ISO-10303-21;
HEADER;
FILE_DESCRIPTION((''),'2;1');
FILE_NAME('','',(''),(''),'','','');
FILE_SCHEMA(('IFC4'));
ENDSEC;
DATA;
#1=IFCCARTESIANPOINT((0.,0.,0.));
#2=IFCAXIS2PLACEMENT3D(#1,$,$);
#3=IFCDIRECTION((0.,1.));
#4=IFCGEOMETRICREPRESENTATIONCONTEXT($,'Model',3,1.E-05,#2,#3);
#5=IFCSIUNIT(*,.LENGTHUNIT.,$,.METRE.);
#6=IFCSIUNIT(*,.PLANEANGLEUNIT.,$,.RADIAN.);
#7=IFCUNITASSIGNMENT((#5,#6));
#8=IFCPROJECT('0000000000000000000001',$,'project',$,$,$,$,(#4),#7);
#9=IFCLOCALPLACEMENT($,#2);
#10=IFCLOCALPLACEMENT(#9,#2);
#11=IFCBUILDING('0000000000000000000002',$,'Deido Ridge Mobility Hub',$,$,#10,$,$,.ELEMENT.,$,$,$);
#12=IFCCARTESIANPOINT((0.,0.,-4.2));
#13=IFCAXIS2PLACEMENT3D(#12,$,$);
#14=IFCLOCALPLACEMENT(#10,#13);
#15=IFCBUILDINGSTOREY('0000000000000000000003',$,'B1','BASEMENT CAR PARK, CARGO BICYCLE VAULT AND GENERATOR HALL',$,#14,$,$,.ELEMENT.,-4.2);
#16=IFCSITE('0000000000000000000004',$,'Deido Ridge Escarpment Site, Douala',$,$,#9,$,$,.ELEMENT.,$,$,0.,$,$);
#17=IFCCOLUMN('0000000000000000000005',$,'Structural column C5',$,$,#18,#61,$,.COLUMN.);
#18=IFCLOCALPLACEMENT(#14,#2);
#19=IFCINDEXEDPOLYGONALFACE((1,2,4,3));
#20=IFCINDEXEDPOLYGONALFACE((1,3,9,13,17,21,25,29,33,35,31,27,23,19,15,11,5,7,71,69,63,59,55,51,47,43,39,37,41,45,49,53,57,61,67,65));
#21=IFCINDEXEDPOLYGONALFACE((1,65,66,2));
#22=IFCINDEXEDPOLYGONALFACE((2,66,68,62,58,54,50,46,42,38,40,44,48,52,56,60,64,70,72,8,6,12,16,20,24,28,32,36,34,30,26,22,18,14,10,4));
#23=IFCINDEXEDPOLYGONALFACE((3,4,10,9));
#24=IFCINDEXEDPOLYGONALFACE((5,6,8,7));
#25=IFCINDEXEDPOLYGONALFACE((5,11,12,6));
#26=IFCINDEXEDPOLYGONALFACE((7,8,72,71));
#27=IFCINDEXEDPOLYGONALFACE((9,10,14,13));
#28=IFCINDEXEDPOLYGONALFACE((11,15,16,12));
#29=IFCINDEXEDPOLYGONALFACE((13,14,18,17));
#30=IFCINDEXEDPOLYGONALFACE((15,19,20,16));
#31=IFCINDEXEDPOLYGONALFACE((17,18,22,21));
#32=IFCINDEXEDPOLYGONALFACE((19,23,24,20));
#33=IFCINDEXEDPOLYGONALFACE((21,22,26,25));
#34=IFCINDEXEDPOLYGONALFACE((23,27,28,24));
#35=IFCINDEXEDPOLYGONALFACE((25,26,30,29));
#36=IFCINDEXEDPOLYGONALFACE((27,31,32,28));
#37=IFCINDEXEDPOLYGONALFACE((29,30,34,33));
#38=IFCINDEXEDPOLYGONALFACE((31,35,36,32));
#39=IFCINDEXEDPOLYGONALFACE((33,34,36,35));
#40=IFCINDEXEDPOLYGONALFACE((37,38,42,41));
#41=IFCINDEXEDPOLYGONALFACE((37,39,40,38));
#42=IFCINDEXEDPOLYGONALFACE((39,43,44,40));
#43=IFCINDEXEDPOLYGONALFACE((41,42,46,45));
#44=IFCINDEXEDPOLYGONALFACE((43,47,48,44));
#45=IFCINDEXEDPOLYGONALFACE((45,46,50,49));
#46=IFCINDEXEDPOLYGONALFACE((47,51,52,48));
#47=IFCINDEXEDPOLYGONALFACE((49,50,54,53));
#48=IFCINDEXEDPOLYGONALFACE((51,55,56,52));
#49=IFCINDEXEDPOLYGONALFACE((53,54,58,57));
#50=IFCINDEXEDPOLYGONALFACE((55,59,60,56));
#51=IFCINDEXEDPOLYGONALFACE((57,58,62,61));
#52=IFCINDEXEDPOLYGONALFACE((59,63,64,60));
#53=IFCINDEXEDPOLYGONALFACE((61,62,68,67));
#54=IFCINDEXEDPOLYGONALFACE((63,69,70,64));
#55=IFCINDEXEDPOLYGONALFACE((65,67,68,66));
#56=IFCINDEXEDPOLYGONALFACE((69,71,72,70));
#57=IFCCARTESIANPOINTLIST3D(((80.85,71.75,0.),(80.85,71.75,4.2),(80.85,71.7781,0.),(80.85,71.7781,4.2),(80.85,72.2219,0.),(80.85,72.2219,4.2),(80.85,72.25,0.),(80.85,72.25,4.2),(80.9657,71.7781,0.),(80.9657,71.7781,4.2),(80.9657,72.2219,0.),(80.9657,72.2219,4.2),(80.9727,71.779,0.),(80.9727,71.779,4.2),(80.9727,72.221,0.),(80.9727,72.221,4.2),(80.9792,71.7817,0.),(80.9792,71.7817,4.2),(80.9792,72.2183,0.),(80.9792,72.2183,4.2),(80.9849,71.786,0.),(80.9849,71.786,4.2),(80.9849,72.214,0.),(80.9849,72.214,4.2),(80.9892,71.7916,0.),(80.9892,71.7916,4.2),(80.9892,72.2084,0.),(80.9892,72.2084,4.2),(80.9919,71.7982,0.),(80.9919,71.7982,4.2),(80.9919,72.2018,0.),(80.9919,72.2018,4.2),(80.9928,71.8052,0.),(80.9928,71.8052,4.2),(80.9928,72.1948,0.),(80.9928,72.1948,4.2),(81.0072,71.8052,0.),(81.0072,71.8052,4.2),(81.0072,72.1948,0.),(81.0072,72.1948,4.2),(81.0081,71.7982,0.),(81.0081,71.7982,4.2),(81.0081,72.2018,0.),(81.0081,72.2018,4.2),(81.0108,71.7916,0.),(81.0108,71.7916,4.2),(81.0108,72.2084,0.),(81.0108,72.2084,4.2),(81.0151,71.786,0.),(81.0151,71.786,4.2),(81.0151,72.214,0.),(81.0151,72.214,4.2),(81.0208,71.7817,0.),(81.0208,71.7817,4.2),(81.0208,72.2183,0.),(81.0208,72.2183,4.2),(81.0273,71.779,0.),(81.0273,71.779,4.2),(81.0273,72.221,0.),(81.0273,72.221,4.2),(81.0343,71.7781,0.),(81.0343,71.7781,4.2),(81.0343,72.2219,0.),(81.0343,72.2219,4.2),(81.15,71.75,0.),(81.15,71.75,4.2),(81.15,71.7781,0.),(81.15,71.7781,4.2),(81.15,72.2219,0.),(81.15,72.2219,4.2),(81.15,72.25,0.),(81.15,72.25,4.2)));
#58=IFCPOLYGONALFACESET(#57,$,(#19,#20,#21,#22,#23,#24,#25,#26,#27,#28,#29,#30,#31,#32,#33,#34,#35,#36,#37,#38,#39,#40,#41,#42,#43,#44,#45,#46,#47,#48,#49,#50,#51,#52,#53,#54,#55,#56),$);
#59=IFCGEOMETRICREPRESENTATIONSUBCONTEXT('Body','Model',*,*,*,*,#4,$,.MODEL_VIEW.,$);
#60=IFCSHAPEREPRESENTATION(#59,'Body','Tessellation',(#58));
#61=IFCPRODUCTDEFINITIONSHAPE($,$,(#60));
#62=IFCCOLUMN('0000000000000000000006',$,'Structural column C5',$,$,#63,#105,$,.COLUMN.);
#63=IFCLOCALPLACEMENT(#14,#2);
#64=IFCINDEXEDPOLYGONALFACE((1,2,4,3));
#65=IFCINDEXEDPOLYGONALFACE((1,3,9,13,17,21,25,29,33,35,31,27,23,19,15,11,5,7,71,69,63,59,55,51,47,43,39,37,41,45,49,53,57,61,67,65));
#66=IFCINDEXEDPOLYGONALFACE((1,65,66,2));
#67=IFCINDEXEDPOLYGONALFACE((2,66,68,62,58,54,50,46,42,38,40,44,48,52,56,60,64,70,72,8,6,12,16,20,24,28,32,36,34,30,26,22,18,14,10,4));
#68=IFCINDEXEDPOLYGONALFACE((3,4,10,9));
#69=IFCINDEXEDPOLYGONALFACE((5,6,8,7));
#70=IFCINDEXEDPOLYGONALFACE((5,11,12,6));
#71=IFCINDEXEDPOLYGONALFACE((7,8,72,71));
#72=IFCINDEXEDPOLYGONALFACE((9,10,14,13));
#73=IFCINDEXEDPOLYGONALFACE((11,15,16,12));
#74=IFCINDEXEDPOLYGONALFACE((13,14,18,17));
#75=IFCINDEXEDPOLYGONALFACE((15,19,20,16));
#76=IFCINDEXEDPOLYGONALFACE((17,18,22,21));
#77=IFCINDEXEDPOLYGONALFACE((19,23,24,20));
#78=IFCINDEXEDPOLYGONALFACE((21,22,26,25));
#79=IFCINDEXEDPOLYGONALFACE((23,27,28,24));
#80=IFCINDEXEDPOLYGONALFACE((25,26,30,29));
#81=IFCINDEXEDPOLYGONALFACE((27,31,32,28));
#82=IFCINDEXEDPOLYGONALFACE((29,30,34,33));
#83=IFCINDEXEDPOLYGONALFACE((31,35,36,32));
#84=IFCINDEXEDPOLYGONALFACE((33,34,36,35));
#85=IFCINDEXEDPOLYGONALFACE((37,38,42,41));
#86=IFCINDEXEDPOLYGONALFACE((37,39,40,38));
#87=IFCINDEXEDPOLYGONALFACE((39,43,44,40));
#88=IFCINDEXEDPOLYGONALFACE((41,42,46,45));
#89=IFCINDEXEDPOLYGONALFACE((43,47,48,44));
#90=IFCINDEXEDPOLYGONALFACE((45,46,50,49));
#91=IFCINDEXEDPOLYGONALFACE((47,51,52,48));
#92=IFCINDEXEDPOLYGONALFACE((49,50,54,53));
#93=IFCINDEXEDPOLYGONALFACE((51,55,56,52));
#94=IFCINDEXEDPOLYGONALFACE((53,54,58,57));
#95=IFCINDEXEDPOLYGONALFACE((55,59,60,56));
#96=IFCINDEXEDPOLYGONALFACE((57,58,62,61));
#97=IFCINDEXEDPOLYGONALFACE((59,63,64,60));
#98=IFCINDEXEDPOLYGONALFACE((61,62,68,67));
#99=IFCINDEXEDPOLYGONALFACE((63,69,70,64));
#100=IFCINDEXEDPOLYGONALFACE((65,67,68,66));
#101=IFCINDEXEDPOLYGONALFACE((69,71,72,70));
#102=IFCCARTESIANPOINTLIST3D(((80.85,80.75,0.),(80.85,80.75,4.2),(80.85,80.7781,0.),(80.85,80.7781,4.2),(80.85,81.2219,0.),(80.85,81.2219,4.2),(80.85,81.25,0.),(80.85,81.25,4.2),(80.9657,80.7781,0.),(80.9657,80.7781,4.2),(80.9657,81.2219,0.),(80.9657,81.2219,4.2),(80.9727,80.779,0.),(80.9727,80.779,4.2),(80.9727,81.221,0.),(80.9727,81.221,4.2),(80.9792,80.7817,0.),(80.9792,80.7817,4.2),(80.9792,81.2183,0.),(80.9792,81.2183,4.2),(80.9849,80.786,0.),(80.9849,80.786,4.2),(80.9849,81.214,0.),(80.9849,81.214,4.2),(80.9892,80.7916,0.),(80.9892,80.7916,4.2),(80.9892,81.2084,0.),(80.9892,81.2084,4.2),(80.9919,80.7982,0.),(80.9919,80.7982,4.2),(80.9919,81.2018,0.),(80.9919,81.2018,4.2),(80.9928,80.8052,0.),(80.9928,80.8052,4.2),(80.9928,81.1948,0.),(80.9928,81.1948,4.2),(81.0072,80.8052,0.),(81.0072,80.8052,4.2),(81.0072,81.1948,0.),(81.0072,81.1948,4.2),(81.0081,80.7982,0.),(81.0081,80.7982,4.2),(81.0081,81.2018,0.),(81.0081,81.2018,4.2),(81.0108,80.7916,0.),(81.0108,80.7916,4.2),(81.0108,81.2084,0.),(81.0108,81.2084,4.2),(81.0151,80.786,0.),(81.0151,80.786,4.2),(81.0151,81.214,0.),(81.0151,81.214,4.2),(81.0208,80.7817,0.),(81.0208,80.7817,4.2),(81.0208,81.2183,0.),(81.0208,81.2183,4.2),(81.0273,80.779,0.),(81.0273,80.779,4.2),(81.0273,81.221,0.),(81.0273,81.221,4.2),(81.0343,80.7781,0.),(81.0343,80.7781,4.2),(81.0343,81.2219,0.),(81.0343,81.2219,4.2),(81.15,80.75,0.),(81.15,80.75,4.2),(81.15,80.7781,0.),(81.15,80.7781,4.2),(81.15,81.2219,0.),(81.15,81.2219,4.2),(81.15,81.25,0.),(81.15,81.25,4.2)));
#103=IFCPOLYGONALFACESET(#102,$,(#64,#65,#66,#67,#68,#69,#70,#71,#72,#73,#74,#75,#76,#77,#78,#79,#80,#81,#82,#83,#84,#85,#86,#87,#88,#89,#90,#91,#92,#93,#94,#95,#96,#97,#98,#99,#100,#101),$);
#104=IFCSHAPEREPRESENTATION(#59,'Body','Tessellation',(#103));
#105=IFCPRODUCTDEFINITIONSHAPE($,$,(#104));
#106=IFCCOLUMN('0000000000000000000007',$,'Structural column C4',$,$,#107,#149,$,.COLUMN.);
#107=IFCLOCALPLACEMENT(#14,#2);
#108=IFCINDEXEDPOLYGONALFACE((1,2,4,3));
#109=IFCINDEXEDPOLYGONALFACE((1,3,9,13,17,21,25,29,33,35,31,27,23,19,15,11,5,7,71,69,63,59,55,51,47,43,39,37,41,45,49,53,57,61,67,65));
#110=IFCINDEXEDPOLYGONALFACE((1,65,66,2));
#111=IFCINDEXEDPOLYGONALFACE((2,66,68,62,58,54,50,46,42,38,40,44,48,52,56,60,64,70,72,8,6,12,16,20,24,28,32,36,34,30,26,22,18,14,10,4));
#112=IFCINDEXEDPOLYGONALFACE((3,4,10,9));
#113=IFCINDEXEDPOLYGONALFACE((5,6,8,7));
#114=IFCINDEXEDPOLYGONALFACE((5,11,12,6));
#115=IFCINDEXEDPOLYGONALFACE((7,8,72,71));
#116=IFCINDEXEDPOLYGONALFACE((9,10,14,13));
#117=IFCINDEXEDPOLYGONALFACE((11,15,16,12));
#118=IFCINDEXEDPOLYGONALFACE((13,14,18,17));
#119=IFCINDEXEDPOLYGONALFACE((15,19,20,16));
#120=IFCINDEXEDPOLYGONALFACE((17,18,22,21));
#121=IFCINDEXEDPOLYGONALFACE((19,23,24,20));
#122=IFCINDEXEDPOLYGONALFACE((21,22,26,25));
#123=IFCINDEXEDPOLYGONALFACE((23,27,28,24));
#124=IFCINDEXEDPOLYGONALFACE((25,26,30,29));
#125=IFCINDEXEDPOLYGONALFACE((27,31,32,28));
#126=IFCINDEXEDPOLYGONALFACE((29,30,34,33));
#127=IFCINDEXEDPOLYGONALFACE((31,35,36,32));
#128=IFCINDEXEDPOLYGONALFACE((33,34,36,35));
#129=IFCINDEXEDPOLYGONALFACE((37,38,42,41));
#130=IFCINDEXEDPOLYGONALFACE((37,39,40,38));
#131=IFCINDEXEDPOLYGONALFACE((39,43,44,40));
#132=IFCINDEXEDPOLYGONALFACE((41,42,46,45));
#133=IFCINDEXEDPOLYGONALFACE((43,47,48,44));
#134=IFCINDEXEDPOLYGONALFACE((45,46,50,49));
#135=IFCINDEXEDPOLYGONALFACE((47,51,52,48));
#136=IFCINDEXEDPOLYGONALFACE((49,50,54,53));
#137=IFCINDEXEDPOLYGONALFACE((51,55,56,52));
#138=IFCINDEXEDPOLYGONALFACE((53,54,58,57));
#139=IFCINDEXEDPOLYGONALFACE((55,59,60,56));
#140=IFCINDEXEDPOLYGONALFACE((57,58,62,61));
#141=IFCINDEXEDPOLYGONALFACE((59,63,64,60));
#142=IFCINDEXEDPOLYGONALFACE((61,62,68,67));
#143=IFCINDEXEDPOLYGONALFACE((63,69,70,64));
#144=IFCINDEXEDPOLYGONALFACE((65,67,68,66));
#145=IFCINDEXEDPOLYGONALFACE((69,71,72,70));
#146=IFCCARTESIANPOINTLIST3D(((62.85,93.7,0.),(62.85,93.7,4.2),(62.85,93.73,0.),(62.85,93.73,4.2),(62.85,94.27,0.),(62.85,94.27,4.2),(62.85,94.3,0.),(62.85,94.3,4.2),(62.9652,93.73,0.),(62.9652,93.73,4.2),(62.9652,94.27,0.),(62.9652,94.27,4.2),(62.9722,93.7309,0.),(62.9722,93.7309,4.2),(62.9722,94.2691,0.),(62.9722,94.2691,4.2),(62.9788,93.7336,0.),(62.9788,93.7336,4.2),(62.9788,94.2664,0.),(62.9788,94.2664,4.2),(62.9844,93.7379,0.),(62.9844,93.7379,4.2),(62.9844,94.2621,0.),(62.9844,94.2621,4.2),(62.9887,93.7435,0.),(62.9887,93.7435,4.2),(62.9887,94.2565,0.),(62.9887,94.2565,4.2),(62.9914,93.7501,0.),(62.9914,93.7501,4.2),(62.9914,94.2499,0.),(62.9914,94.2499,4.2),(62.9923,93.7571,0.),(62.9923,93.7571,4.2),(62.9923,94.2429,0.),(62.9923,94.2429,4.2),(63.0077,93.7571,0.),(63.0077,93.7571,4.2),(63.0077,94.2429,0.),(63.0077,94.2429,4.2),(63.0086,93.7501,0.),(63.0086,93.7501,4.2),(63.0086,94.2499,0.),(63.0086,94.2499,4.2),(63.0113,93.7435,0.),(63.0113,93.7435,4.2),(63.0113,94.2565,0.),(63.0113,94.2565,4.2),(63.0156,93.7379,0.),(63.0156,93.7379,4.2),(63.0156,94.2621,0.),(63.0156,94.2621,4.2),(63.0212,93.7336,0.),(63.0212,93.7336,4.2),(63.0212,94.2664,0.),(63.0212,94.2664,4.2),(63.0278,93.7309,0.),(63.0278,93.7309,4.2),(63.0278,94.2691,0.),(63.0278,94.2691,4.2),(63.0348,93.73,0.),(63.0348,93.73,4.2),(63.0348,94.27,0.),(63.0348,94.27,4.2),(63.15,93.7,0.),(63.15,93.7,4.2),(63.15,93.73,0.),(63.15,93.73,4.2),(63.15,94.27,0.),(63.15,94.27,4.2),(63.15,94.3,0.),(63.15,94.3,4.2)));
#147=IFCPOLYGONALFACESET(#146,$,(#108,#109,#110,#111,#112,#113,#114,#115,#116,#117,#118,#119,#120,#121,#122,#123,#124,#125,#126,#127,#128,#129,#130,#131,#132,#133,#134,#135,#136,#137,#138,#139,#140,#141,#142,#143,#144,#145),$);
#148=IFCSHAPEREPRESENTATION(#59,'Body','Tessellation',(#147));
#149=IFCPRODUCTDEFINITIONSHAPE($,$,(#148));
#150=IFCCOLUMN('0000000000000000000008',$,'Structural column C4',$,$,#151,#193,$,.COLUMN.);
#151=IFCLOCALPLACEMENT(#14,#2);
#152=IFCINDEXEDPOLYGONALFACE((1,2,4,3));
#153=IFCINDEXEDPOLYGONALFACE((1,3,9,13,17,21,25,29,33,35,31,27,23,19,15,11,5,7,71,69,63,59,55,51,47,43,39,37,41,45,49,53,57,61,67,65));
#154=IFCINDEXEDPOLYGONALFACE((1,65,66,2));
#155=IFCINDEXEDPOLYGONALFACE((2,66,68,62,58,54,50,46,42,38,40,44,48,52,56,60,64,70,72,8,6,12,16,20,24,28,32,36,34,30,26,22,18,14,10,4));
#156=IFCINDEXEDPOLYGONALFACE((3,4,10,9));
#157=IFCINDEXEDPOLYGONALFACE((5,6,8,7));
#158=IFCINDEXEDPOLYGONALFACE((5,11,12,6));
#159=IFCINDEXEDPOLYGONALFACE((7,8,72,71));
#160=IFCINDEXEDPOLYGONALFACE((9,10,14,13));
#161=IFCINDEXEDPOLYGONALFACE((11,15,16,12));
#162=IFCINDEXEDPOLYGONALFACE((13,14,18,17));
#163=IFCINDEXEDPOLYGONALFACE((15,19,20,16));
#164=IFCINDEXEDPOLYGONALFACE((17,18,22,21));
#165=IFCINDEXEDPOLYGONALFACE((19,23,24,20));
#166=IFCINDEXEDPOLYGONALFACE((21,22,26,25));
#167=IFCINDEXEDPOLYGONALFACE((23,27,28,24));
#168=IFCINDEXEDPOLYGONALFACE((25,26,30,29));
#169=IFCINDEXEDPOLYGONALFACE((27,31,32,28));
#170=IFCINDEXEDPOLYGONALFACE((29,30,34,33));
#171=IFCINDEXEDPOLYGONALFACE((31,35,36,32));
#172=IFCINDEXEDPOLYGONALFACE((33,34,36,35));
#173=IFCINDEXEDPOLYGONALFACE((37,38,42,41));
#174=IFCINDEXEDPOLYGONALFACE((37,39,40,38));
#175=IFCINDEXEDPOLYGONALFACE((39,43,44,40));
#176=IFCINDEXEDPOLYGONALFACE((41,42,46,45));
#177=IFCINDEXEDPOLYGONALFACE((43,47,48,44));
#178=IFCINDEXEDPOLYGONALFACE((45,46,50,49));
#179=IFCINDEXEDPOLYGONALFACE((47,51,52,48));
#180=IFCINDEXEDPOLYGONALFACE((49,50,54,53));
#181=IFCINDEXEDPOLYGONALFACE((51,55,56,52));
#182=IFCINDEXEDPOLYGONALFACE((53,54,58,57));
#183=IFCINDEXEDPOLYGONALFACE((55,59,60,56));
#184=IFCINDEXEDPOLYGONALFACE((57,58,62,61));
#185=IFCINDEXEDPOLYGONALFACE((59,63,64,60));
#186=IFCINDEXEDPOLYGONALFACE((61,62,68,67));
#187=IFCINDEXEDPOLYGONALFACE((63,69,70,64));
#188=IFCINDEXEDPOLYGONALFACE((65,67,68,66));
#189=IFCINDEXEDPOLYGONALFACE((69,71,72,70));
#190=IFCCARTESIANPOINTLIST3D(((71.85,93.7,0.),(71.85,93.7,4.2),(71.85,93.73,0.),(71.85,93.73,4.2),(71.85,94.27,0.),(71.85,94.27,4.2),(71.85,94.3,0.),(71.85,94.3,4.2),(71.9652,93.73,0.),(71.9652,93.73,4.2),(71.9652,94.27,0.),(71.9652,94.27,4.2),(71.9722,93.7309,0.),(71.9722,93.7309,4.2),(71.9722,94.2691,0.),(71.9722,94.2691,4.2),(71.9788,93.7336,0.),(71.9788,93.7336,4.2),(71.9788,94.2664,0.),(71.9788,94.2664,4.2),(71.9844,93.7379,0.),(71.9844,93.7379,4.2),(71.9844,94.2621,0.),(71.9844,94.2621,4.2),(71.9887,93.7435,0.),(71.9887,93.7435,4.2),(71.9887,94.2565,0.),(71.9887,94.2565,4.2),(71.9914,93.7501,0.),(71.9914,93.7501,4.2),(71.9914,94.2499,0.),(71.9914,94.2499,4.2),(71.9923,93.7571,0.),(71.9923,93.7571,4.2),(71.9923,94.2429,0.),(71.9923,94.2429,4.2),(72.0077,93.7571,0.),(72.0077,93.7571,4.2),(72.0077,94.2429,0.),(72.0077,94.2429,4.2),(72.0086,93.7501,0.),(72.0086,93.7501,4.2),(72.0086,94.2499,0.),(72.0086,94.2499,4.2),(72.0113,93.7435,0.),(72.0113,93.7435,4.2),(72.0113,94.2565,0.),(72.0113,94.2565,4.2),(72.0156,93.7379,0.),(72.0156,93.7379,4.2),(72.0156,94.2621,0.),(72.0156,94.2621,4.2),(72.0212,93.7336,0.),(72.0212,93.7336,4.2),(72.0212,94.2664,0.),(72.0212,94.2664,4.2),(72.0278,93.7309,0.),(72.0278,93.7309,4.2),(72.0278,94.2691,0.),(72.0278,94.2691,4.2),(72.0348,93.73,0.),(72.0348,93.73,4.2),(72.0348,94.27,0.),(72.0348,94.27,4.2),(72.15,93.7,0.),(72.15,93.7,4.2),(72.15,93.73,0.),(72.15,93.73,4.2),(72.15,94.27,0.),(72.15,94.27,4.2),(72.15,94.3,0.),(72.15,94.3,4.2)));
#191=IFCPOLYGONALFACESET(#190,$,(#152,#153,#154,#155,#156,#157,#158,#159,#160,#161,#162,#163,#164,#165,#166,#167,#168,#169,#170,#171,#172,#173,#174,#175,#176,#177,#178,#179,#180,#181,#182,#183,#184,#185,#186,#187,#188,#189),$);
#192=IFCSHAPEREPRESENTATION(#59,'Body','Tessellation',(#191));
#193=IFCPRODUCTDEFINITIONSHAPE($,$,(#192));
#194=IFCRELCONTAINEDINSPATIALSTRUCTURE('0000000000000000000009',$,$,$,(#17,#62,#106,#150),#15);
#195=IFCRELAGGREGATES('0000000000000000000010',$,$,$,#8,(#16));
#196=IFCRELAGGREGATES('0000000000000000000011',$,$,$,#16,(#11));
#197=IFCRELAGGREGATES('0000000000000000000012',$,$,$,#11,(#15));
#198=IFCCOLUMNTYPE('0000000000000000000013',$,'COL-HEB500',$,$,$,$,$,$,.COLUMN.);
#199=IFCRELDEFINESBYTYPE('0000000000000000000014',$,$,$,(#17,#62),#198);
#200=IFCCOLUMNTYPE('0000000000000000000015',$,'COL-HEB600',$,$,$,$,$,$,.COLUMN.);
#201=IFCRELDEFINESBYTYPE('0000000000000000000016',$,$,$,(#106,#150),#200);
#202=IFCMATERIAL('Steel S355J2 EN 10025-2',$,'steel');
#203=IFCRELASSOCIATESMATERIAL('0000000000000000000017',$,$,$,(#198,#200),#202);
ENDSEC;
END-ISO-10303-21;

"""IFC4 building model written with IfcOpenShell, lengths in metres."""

from ifc_helpers import new_model, si_unit, direction, frame, origin, origin_2d, place, context, subcontext, project, spatial, i_section, extrude, material, material_profile, profile_set, type_object, element, save


model = new_model("IFC4")

# Units and contexts
model_context = context("Model", 3, precision=1e-05, world=origin(), true_north=direction((0.0, 1.0)))
body_context = subcontext(model_context, "Body", "Model", "MODEL_VIEW")
ifc_project = project(units=[si_unit("LENGTHUNIT", "METRE"), si_unit("PLANEANGLEUNIT", "RADIAN")], contexts=[model_context])

# Site, building, storey
site_placement = place(None, origin())
site = spatial("IfcSite", under=ifc_project, at=site_placement, Name="Deido Ridge Escarpment Site, Douala", CompositionType="ELEMENT", RefElevation=0.0)
building_placement = place(site_placement, origin())
building = spatial("IfcBuilding", under=site, at=building_placement, Name="Deido Ridge Mobility Hub", CompositionType="ELEMENT")
storey_placement = place(building_placement, frame((0.0, 0.0, -4.2)))
storey = spatial("IfcBuildingStorey", under=building, at=storey_placement, Name="B1", Description="BASEMENT CAR PARK, CARGO BICYCLE VAULT AND GENERATOR HALL", CompositionType="ELEMENT", Elevation=-4.2)

# Columns
ifc_material_1 = material(Name="Steel S355J2 EN 10025-2", Category="steel")
ifc_material_profile_1 = material_profile(ifc_material_1, i_section(OverallWidth=0.3, OverallDepth=0.5, WebThickness=0.0144, FlangeThickness=0.0281, FilletRadius=0.0271, at=origin_2d()), Name="HEB 500")
ifc_profile_set_1 = profile_set([ifc_material_profile_1], Name="Steel S355J2 EN 10025-2")
column_type_1 = type_object("IfcColumnType", Name="COL-HEB500", PredefinedType="COLUMN", material=ifc_profile_set_1)
for number, where, z_axis, x_axis, name in (
    (1, (81.0, 72.0, 0.0), (0.0, 0.0, 1.0), (1.0, 0.0, 0.0), "Structural column C5"),
    (2, (81.0, 81.0, 0.0), (0.0, 0.0, 1.0), (1.0, 0.0, 0.0), "Structural column C5"),
):
    element("IfcColumn", number, at=place(storey_placement, frame(where, z_axis=z_axis, x_axis=x_axis)), inside=storey, type_object=column_type_1, Name=name, PredefinedType="COLUMN", context=body_context, shape_type="SweptSolid", body=[
        extrude(i_section(OverallWidth=0.3, OverallDepth=0.5, WebThickness=0.0144, FlangeThickness=0.0281, FilletRadius=0.0271, at=origin_2d()), origin(), (0.0, 0.0, 1.0), 4.2),
    ])
ifc_material_profile_2 = material_profile(ifc_material_1, i_section(OverallWidth=0.3, OverallDepth=0.6001, WebThickness=0.0154, FlangeThickness=0.03, FilletRadius=0.0271, at=origin_2d()), Name="HEB 600")
ifc_profile_set_2 = profile_set([ifc_material_profile_2], Name="Steel S355J2 EN 10025-2")
column_type_2 = type_object("IfcColumnType", Name="COL-HEB600", PredefinedType="COLUMN", material=ifc_profile_set_2)
for number, where, z_axis, x_axis, name in (
    (3, (63.0, 94.0, 0.0), (0.0, 0.0, 1.0), (1.0, 0.0, 0.0), "Structural column C4"),
    (4, (72.0, 94.0, 0.0), (0.0, 0.0, 1.0), (1.0, 0.0, 0.0), "Structural column C4"),
):
    element("IfcColumn", number, at=place(storey_placement, frame(where, z_axis=z_axis, x_axis=x_axis)), inside=storey, type_object=column_type_2, Name=name, PredefinedType="COLUMN", context=body_context, shape_type="SweptSolid", body=[
        extrude(i_section(OverallWidth=0.3, OverallDepth=0.6001, WebThickness=0.0154, FlangeThickness=0.03, FilletRadius=0.0271, at=origin_2d()), origin(), (0.0, 0.0, 1.0), 4.2),
    ])

save(model, "model.ifc")
